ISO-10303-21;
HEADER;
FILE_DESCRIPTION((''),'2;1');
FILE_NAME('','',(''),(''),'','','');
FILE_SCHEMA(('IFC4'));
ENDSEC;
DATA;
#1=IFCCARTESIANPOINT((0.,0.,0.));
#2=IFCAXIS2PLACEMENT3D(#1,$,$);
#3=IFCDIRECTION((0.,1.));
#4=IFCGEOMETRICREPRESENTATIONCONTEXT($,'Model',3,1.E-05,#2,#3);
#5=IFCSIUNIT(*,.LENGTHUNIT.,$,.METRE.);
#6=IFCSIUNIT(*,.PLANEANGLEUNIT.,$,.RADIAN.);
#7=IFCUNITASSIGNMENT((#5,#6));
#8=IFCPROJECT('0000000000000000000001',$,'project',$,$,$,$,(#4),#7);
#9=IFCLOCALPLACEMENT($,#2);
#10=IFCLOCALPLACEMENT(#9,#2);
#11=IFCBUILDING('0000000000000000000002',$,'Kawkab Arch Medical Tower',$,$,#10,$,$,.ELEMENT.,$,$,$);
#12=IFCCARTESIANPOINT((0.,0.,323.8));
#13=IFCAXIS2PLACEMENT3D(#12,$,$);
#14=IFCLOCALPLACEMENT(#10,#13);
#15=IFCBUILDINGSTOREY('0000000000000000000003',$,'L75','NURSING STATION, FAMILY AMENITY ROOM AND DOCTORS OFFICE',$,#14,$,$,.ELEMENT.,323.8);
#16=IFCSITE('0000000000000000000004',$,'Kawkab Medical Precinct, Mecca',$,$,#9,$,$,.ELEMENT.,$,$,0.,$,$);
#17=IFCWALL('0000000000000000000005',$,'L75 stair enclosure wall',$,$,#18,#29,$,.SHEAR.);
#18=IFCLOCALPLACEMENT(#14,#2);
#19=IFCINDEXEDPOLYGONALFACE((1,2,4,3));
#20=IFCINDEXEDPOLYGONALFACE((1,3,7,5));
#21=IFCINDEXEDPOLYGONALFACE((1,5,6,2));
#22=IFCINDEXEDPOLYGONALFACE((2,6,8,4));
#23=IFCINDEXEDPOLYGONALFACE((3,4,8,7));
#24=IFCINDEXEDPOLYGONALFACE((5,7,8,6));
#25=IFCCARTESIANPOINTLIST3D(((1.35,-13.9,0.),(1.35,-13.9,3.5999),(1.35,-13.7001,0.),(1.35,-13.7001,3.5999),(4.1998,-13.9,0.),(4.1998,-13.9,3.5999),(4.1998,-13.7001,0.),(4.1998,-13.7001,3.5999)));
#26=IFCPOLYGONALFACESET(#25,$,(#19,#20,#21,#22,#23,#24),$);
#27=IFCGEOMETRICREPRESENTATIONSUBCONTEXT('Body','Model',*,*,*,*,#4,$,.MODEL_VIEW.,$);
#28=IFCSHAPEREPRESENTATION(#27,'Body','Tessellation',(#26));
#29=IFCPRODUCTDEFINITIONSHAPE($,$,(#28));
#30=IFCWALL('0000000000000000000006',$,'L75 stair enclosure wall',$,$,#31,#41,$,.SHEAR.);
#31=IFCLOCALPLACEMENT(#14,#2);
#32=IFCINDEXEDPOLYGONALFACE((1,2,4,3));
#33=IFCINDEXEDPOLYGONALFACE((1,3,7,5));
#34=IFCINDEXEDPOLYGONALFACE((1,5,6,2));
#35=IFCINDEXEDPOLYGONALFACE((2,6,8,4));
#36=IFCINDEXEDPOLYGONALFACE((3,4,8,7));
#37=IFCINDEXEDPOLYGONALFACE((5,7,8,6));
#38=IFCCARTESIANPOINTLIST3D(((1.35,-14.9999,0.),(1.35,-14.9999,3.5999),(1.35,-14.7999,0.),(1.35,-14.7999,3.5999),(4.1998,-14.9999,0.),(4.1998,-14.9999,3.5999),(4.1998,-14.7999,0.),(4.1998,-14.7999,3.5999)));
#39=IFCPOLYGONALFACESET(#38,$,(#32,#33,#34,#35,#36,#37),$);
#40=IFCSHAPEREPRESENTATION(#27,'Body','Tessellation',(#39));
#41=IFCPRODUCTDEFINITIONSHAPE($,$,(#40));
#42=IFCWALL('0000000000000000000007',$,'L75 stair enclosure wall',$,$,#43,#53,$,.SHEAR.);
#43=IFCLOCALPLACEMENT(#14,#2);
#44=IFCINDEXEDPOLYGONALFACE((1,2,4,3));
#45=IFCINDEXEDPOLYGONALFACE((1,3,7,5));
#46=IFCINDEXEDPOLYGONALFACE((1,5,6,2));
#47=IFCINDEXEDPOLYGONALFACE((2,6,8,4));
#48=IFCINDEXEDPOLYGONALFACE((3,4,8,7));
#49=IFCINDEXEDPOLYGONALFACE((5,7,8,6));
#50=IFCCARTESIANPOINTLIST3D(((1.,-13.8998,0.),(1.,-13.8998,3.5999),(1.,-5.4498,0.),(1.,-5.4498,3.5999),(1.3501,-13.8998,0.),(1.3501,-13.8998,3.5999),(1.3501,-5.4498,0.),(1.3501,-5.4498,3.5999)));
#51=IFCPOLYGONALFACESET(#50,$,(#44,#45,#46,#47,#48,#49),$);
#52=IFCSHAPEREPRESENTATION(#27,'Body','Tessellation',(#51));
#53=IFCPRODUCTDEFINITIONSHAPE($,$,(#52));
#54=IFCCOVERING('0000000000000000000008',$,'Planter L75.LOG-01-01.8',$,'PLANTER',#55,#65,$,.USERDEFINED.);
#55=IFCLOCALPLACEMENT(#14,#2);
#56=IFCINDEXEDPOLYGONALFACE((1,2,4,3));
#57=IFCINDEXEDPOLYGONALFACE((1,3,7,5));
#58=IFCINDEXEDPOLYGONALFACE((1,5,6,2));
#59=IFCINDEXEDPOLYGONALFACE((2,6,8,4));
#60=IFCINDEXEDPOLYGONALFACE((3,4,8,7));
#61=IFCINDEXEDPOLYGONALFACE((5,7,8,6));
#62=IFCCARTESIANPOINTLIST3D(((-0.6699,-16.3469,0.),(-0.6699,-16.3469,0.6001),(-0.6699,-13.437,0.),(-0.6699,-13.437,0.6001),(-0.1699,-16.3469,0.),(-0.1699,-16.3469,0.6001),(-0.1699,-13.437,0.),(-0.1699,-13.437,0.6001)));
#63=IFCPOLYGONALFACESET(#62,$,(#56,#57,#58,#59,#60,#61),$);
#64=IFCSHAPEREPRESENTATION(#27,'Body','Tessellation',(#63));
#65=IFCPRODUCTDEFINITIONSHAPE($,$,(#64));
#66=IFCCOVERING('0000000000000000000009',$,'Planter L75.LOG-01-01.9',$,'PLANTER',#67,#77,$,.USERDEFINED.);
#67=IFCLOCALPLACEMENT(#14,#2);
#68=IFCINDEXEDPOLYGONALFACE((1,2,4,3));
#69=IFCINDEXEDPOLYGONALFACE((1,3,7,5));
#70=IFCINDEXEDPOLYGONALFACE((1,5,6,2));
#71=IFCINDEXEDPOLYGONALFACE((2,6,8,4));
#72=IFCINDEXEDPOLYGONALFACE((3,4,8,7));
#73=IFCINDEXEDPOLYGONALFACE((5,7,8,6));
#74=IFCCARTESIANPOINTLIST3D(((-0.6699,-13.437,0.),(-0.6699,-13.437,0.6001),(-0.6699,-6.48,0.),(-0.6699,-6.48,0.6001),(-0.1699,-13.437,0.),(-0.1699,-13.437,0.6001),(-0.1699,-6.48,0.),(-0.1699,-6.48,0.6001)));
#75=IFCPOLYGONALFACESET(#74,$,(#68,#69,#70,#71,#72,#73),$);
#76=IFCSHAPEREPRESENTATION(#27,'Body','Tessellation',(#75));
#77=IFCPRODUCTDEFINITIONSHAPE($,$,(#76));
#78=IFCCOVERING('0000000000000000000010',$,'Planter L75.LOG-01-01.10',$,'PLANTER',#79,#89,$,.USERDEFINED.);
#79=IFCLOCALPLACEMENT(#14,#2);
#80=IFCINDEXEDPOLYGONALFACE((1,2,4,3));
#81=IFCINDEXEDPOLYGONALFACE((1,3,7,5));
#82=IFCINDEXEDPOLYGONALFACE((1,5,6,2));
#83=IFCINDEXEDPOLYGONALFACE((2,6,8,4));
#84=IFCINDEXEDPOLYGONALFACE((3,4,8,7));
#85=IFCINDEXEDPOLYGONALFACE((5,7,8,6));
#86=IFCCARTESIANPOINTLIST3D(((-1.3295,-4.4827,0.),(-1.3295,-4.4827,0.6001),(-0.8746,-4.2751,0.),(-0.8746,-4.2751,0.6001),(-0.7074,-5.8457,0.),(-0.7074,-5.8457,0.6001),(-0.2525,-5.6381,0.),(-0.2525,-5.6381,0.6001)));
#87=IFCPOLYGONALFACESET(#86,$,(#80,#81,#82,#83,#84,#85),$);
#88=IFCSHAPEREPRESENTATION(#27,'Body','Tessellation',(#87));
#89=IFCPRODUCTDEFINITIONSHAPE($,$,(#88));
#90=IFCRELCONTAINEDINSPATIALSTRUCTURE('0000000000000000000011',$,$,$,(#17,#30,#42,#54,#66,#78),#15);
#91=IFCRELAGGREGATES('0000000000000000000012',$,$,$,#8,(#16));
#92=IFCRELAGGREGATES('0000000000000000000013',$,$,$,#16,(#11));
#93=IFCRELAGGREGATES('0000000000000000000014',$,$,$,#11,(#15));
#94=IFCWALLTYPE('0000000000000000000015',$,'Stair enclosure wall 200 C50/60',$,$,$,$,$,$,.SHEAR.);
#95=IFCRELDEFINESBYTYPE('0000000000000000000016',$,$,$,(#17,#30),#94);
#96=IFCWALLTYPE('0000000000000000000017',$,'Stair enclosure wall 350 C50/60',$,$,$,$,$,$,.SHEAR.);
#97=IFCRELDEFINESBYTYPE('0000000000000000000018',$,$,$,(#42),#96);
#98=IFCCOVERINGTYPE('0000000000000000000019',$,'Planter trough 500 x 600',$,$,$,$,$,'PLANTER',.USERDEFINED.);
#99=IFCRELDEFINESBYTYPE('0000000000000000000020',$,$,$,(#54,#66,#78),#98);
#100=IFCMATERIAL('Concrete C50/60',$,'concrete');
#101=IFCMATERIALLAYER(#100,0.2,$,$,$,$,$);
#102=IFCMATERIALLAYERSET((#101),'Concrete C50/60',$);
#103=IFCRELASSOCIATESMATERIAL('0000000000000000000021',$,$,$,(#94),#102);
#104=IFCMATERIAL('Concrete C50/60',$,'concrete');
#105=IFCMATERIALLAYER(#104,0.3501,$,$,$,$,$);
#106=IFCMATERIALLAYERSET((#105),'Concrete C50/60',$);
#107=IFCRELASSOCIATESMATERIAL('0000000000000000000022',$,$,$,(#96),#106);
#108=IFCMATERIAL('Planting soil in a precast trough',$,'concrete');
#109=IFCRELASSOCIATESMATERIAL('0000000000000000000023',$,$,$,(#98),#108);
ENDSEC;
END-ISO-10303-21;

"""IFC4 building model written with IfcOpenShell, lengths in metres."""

from ifc_helpers import new_model, si_unit, direction, frame, frame_2d, origin, origin_2d, place, context, subcontext, project, spatial, rectangle, extrude, material, layer, layer_set, material_profile, profile_set, type_object, element, save


model = new_model("IFC4")

# Units and contexts
model_context = context("Model", 3, precision=1e-05, world=origin(), true_north=direction((0.0, 1.0)))
body_context = subcontext(model_context, "Body", "Model", "MODEL_VIEW")
ifc_project = project(units=[si_unit("LENGTHUNIT", "METRE"), si_unit("PLANEANGLEUNIT", "RADIAN")], contexts=[model_context])

# Site, building, storey
site_placement = place(None, origin())
site = spatial("IfcSite", under=ifc_project, at=site_placement, Name="Kawkab Medical Precinct, Mecca", CompositionType="ELEMENT", RefElevation=0.0)
building_placement = place(site_placement, origin())
building = spatial("IfcBuilding", under=site, at=building_placement, Name="Kawkab Arch Medical Tower", CompositionType="ELEMENT")
storey_placement = place(building_placement, frame((0.0, 0.0, 323.8)))
storey = spatial("IfcBuildingStorey", under=building, at=storey_placement, Name="L75", Description="NURSING STATION, FAMILY AMENITY ROOM AND DOCTORS OFFICE", CompositionType="ELEMENT", Elevation=323.8)

# Walls
ifc_material_1 = material(Name="Concrete C50/60", Category="concrete")
ifc_layer_1 = layer(ifc_material_1, 0.2)
ifc_layer_set_1 = layer_set([ifc_layer_1], Name="Concrete C50/60")
wall_type_1 = type_object("IfcWallType", Name="Stair enclosure wall 200 C50/60", PredefinedType="SHEAR", material=ifc_layer_set_1)
for number, where, z_axis, x_axis, name in (
    (1, (1.3501, -13.8, 0.0), (0.0, 0.0, 1.0), (1.0, 0.0, 0.0), "L75 stair enclosure wall"),
    (2, (1.3501, -14.8999, 0.0), (0.0, 0.0, 1.0), (1.0, 0.0, 0.0), "L75 stair enclosure wall"),
):
    element("IfcWall", number, at=place(storey_placement, frame(where, z_axis=z_axis, x_axis=x_axis)), inside=storey, type_object=wall_type_1, Name=name, PredefinedType="SHEAR", context=body_context, shape_type="SweptSolid", body=[
        extrude(rectangle(XDim=2.8499, YDim=0.2, at=frame_2d((1.4248, 0.0))), origin(), (0.0, 0.0, 1.0), 3.5999),
    ])
ifc_material_2 = material(Name="Concrete C50/60", Category="concrete")
ifc_layer_2 = layer(ifc_material_2, 0.3501)
ifc_layer_set_2 = layer_set([ifc_layer_2], Name="Concrete C50/60")
wall_type_2 = type_object("IfcWallType", Name="Stair enclosure wall 350 C50/60", PredefinedType="SHEAR", material=ifc_layer_set_2)
wall_placement = place(storey_placement, frame((1.175, -13.8999, 0.0), z_axis=(0.0, 0.0, 1.0), x_axis=(0.0, 1.0, 0.0)))
element("IfcWall", 3, at=wall_placement, inside=storey, type_object=wall_type_2, Name="L75 stair enclosure wall", PredefinedType="SHEAR", context=body_context, shape_type="SweptSolid", body=[
    extrude(rectangle(XDim=8.45, YDim=0.3501, at=frame_2d((4.2251, 0.0))), origin(), (0.0, 0.0, 1.0), 3.5999),
])

# Coverings
ifc_material_3 = material(Name="Planting soil in a precast trough", Category="concrete")
ifc_material_profile_1 = material_profile(ifc_material_3, rectangle(XDim=0.5, YDim=0.6001, at=origin_2d()), Name="Trough 500x600")
ifc_profile_set_1 = profile_set([ifc_material_profile_1], Name="Planting soil in a precast trough")
covering_type = type_object("IfcCoveringType", Name="Planter trough 500 x 600", ElementType="PLANTER", PredefinedType="USERDEFINED", material=ifc_profile_set_1)
covering_1_placement = place(storey_placement, frame((-0.4199, -16.3469, 0.3), z_axis=(0.0, 1.0, 0.0), x_axis=(-1.0, 0.0, 0.0)))
element("IfcCovering", 4, at=covering_1_placement, inside=storey, type_object=covering_type, Name="Planter L75.LOG-01-01.8", ObjectType="PLANTER", PredefinedType="USERDEFINED", context=body_context, shape_type="SweptSolid", body=[
    extrude(rectangle(XDim=0.5, YDim=0.6001, at=origin_2d()), origin(), (0.0, 0.0, 1.0), 2.9099),
])
covering_2_placement = place(storey_placement, frame((-0.4199, -13.437, 0.3), z_axis=(0.0, 1.0, 0.0), x_axis=(-1.0, 0.0, 0.0)))
element("IfcCovering", 5, at=covering_2_placement, inside=storey, type_object=covering_type, Name="Planter L75.LOG-01-01.9", ObjectType="PLANTER", PredefinedType="USERDEFINED", context=body_context, shape_type="SweptSolid", body=[
    extrude(rectangle(XDim=0.5, YDim=0.6001, at=origin_2d()), origin(), (0.0, 0.0, 1.0), 6.957),
])
covering_3_placement = place(storey_placement, frame((-0.48, -5.7419, 0.3), z_axis=(-0.41519, 0.909735, 0.0), x_axis=(-0.909735, -0.41519, 0.0)))
element("IfcCovering", 6, at=covering_3_placement, inside=storey, type_object=covering_type, Name="Planter L75.LOG-01-01.10", ObjectType="PLANTER", PredefinedType="USERDEFINED", context=body_context, shape_type="SweptSolid", body=[
    extrude(rectangle(XDim=0.5, YDim=0.6001, at=origin_2d()), origin(), (0.0, 0.0, 1.0), 1.4983),
])

save(model, "model.ifc")
